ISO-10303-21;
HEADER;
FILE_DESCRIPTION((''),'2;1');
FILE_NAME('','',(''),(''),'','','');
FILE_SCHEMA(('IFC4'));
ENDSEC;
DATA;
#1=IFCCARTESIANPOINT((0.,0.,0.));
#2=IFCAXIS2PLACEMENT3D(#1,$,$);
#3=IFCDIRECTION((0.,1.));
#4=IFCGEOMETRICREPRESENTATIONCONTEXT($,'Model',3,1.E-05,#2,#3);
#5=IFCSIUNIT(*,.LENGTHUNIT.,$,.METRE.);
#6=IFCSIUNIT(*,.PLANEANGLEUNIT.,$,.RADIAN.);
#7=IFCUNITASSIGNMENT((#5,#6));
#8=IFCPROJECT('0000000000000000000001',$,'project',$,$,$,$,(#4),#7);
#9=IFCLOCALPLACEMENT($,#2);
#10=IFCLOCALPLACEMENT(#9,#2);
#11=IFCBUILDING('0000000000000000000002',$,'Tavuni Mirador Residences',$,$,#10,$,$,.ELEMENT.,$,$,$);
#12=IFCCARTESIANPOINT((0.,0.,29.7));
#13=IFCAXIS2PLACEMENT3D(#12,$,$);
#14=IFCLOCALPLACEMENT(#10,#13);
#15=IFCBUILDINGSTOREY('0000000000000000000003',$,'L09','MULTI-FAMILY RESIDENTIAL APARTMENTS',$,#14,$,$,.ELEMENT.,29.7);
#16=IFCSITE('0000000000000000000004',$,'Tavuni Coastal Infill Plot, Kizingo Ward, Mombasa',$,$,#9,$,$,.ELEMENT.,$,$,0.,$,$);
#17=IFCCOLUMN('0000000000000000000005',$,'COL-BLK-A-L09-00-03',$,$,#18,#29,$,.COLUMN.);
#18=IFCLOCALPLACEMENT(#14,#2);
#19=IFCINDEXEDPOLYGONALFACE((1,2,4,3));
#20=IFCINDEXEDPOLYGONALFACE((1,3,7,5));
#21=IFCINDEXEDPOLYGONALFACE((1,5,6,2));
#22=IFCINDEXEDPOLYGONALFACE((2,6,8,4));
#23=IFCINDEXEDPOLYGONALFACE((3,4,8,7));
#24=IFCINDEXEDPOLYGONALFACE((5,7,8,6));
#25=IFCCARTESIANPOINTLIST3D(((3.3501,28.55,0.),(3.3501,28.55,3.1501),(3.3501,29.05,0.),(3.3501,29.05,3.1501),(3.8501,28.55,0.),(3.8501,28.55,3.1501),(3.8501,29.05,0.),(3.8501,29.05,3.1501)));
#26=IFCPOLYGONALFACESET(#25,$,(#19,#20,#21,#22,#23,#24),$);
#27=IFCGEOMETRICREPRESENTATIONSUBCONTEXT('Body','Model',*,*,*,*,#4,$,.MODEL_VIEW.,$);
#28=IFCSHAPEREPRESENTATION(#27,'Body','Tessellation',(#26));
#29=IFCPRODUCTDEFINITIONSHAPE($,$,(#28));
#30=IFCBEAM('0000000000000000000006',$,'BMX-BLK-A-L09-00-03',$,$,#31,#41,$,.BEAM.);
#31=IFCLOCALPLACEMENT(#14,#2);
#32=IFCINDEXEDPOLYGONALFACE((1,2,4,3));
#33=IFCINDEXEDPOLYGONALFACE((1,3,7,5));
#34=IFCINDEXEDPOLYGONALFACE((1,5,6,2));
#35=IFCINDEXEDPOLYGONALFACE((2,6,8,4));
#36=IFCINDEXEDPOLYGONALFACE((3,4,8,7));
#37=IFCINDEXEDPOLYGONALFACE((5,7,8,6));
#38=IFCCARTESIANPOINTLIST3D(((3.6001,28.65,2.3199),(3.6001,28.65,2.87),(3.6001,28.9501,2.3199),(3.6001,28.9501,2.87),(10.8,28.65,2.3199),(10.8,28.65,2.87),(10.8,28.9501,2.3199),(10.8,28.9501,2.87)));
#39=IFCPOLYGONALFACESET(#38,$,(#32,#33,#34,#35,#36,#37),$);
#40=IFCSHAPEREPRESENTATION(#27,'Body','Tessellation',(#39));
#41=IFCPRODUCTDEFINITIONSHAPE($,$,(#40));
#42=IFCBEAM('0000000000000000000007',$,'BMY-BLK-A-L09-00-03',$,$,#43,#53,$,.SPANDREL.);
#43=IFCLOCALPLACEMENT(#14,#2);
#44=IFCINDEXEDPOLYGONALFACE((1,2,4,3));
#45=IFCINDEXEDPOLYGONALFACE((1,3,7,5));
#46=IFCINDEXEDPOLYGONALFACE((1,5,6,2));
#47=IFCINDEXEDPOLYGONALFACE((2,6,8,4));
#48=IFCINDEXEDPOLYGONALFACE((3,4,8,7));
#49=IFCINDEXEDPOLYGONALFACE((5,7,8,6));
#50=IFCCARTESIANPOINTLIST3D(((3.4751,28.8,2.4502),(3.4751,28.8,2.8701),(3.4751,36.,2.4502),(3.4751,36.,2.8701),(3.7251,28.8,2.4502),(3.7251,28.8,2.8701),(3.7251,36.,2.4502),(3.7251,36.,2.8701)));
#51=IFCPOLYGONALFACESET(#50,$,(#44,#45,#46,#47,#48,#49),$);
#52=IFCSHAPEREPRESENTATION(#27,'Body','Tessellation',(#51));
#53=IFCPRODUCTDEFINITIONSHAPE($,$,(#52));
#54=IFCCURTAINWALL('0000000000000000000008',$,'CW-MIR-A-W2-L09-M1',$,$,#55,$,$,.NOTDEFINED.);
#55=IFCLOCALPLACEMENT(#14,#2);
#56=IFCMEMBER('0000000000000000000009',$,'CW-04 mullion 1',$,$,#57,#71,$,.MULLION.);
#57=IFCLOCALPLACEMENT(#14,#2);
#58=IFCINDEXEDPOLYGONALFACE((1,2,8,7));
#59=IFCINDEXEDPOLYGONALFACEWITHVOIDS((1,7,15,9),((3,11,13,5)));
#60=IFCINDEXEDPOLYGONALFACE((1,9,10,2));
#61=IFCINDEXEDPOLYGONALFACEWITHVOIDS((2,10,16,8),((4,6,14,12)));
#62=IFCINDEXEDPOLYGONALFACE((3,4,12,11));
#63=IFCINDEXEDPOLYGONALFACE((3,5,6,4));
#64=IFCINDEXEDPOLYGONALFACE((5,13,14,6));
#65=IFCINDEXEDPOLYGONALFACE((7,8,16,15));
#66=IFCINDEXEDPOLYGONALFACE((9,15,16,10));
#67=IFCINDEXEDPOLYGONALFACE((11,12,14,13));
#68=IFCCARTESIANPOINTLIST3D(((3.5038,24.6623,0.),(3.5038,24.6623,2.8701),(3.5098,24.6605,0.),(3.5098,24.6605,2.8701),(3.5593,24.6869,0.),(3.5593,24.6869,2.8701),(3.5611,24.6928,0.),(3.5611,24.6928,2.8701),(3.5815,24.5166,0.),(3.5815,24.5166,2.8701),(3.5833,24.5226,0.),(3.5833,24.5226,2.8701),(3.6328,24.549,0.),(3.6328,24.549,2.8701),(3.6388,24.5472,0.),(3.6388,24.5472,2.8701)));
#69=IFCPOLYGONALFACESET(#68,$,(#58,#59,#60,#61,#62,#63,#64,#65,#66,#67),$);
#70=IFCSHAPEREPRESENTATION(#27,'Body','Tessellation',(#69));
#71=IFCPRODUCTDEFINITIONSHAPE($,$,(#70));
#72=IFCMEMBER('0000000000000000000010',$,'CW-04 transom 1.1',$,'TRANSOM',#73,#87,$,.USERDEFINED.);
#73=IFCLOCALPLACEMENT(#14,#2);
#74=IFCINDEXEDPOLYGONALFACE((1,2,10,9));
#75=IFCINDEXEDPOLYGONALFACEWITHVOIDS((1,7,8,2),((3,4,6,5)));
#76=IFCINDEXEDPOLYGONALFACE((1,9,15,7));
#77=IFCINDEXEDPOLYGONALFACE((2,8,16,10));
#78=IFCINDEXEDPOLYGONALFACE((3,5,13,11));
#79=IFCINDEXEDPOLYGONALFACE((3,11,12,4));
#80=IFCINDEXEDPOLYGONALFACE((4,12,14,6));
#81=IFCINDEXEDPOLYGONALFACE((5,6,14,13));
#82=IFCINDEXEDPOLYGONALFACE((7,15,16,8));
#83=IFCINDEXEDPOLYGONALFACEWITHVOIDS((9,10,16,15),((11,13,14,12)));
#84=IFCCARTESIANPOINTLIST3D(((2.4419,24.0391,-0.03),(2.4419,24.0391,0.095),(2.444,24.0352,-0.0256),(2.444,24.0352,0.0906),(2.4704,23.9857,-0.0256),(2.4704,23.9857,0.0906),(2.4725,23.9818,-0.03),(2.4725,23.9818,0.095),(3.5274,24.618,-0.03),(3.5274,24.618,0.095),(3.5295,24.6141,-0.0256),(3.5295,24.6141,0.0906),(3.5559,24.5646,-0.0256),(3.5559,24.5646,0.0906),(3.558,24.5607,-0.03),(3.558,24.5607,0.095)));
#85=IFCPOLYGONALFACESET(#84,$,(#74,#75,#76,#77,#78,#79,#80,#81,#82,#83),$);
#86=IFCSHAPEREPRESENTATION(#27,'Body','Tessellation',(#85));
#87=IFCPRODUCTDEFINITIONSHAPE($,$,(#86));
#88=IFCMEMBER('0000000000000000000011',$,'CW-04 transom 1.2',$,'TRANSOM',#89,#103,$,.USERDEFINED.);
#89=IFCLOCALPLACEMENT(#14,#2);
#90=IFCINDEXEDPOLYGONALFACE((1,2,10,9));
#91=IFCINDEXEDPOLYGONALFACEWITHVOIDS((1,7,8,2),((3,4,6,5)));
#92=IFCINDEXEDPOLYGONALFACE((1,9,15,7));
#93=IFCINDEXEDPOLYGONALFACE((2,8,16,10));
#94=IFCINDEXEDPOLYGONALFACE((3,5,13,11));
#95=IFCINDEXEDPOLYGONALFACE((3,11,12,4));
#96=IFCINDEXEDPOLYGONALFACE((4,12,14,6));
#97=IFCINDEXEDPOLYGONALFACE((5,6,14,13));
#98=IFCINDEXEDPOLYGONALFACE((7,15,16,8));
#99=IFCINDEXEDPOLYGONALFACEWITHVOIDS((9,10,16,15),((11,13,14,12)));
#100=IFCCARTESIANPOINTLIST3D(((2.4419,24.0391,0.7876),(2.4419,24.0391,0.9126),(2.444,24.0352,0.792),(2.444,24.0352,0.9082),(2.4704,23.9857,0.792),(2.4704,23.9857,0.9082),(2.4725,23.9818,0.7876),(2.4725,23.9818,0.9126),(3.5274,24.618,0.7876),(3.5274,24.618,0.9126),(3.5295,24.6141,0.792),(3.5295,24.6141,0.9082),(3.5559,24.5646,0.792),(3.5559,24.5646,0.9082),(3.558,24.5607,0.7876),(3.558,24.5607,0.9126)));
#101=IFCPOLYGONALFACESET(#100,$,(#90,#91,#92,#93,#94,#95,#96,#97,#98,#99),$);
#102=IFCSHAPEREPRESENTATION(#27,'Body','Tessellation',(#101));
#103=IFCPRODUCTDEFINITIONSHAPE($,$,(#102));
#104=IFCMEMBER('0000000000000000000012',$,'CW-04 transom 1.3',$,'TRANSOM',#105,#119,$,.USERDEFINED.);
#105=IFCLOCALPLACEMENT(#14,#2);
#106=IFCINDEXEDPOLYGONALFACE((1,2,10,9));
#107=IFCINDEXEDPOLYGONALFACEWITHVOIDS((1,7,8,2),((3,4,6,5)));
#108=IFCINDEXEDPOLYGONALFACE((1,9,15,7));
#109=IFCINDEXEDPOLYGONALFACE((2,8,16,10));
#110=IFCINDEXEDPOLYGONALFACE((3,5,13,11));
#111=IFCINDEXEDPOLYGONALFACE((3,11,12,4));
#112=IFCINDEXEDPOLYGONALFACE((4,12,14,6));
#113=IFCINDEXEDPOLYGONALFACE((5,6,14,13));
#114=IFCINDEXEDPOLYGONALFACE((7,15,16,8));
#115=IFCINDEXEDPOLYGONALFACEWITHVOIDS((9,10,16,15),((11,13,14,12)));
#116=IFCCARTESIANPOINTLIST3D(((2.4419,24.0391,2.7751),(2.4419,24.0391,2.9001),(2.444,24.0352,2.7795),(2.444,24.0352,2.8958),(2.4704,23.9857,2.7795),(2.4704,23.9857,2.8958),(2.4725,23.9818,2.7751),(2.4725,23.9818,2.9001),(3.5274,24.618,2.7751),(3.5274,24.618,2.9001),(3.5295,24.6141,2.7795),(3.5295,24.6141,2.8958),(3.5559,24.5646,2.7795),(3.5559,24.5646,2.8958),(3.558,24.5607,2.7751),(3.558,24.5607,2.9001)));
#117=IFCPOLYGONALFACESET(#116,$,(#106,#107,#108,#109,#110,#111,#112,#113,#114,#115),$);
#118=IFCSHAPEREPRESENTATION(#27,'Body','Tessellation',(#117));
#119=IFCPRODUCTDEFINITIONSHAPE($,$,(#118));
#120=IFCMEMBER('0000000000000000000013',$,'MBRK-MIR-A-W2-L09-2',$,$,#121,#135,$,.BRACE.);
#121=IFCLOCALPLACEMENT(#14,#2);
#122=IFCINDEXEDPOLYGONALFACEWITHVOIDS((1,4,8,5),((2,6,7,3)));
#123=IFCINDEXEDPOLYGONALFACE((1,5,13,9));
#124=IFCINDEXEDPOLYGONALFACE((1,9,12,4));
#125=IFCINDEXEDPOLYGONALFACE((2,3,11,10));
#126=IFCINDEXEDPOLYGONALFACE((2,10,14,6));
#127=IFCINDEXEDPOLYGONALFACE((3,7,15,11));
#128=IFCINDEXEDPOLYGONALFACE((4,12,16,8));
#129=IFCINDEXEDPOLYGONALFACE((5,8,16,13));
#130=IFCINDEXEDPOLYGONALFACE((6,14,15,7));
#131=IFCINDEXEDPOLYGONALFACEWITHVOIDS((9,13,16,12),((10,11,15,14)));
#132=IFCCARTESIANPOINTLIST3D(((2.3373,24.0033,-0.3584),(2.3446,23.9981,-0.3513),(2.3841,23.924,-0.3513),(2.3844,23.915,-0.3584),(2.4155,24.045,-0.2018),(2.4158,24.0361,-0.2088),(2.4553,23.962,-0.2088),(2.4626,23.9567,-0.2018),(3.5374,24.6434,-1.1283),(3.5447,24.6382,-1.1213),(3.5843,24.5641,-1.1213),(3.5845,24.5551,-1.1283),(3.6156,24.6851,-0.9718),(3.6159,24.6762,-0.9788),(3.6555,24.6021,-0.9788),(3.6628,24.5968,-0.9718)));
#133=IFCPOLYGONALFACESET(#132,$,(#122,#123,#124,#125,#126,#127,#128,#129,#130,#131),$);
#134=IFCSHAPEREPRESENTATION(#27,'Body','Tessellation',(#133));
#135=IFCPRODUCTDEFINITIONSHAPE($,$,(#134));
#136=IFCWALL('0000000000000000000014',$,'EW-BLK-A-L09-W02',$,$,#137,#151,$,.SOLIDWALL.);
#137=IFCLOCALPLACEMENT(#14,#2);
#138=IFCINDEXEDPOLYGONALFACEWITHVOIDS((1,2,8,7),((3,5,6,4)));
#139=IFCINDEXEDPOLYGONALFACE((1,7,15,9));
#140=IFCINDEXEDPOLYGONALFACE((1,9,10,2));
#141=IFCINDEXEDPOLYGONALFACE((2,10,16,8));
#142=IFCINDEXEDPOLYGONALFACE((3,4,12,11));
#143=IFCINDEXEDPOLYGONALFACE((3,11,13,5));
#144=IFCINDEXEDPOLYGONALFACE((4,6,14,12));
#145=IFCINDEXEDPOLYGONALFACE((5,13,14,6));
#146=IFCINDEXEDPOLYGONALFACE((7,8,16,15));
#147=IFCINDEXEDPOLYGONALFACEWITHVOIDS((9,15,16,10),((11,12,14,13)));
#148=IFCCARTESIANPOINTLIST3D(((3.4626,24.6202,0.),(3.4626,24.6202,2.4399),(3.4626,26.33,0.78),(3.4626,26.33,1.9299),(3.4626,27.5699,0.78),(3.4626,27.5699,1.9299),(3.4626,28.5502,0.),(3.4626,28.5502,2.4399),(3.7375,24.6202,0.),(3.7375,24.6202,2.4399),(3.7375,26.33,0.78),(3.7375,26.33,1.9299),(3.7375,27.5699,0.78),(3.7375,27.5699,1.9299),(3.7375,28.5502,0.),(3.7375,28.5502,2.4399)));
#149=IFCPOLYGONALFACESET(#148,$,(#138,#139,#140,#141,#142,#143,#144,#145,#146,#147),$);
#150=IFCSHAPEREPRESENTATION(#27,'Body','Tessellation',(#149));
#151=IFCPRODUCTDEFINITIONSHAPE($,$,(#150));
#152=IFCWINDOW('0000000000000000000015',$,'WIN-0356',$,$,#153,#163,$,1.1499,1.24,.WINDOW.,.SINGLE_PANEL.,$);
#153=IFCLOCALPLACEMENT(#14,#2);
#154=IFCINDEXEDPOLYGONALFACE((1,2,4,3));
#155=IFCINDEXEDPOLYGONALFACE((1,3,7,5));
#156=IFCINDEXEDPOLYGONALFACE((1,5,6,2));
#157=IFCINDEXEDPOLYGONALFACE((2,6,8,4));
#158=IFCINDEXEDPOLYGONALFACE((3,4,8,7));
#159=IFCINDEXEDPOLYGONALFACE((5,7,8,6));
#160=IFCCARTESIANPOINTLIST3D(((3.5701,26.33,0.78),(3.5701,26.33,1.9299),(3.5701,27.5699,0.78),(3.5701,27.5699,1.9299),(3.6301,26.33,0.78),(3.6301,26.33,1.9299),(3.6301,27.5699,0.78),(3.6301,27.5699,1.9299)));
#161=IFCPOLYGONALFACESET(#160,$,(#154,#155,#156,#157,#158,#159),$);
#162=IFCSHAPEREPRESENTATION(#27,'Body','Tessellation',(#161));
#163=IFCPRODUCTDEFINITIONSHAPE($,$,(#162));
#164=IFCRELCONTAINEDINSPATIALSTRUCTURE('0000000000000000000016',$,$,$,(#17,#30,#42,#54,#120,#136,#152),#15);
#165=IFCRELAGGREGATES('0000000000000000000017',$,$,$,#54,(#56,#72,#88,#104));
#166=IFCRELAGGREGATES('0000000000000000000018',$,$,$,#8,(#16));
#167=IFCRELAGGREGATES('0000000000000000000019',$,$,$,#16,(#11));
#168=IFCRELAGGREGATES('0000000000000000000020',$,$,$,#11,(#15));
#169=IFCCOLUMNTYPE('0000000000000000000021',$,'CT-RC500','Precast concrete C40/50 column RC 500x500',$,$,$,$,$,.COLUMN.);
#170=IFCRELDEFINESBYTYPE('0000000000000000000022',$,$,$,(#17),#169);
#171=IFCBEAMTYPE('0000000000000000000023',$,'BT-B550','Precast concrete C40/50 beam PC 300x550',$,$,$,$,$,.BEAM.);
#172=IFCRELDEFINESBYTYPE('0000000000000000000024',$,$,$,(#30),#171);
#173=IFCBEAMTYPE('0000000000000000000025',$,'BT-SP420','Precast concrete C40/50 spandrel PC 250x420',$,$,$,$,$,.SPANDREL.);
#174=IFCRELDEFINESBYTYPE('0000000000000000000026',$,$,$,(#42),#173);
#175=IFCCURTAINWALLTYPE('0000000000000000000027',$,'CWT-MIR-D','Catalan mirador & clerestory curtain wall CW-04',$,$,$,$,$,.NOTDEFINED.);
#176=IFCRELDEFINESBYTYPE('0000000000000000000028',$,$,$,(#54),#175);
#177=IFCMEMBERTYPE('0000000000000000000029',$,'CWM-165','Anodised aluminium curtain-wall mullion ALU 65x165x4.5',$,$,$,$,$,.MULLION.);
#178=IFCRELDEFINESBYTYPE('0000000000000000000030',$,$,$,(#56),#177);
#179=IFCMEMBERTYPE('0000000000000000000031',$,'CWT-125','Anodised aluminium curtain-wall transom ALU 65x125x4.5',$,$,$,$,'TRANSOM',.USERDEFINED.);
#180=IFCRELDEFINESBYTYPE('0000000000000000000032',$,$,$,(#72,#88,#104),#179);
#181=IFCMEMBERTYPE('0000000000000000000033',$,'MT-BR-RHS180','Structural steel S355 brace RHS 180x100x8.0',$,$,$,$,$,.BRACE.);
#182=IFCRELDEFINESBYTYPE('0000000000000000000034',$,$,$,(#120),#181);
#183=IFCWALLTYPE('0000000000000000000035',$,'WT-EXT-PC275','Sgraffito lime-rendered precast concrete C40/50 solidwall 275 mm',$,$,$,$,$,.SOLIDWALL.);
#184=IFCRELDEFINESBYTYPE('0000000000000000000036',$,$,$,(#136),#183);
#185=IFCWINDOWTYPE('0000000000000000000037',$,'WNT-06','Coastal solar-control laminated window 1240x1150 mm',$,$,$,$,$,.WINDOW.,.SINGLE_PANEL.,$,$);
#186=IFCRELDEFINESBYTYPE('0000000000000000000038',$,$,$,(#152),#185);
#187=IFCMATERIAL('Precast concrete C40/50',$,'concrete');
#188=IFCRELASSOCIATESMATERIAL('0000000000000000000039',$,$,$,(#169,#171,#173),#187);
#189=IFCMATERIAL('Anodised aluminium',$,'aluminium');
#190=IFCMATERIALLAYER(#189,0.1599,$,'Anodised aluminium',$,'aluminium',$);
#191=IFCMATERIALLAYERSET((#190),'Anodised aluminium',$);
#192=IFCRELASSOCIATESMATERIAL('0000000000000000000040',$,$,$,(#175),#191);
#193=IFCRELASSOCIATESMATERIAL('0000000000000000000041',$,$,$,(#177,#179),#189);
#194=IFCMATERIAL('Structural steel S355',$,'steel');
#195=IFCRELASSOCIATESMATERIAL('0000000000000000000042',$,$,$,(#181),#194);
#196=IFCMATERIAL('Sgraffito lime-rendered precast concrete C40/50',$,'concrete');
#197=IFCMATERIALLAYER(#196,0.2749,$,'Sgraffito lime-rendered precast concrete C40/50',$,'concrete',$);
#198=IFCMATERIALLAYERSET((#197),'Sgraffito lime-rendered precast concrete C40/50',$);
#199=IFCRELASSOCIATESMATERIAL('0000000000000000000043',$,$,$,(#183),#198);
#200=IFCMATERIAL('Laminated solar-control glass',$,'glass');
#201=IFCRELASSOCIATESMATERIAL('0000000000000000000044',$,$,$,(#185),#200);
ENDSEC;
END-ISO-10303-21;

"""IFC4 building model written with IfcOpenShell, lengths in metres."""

from ifc_helpers import new_model, si_unit, direction, frame, frame_2d, origin, origin_2d, place, context, subcontext, project, spatial, rectangle, hollow_rectangle, extrude, material, layer, layer_set, material_profile, profile_set, type_object, element, fill, aggregate, save


model = new_model("IFC4")

# Units and contexts
model_context = context("Model", 3, precision=1e-05, world=origin(), true_north=direction((0.0, 1.0)))
body_context = subcontext(model_context, "Body", "Model", "MODEL_VIEW")
ifc_project = project(units=[si_unit("LENGTHUNIT", "METRE"), si_unit("PLANEANGLEUNIT", "RADIAN")], contexts=[model_context])

# Site, building, storey
site_placement = place(None, origin())
site = spatial("IfcSite", under=ifc_project, at=site_placement, Name="Tavuni Coastal Infill Plot, Kizingo Ward, Mombasa", CompositionType="ELEMENT", RefElevation=0.0)
building_placement = place(site_placement, origin())
building = spatial("IfcBuilding", under=site, at=building_placement, Name="Tavuni Mirador Residences", CompositionType="ELEMENT")
storey_placement = place(building_placement, frame((0.0, 0.0, 29.7)))
storey = spatial("IfcBuildingStorey", under=building, at=storey_placement, Name="L09", Description="MULTI-FAMILY RESIDENTIAL APARTMENTS", CompositionType="ELEMENT", Elevation=29.7)

# Column
ifc_material_1 = material(Name="Precast concrete C40/50", Category="concrete")
ifc_material_profile_1 = material_profile(ifc_material_1, rectangle(XDim=0.5, YDim=0.5, at=origin_2d()), Name="RC 500x500", Category="concrete")
ifc_profile_set_1 = profile_set([ifc_material_profile_1], Name="Precast concrete C40/50")
column_type = type_object("IfcColumnType", Name="CT-RC500", Description="Precast concrete C40/50 column RC 500x500", PredefinedType="COLUMN", material=ifc_profile_set_1)
column_placement = place(storey_placement, frame((3.6001, 28.8, 0.0), z_axis=(0.0, 0.0, 1.0), x_axis=(1.0, 0.0, 0.0)))
element("IfcColumn", 1, at=column_placement, inside=storey, type_object=column_type, Name="COL-BLK-A-L09-00-03", PredefinedType="COLUMN", context=body_context, shape_type="SweptSolid", body=[
    extrude(rectangle(XDim=0.5, YDim=0.5, at=origin_2d()), origin(), (0.0, 0.0, 1.0), 3.1501),
])

# Beams
ifc_material_profile_2 = material_profile(ifc_material_1, rectangle(XDim=0.3, YDim=0.55, at=origin_2d()), Name="PC 300x550", Category="concrete")
ifc_profile_set_2 = profile_set([ifc_material_profile_2], Name="Precast concrete C40/50")
beam_type_1 = type_object("IfcBeamType", Name="BT-B550", Description="Precast concrete C40/50 beam PC 300x550", PredefinedType="BEAM", material=ifc_profile_set_2)
beam_1_placement = place(storey_placement, frame((3.6001, 28.8, 2.595), z_axis=(1.0, 0.0, 0.0), x_axis=(0.0, 1.0, 0.0)))
element("IfcBeam", 2, at=beam_1_placement, inside=storey, type_object=beam_type_1, Name="BMX-BLK-A-L09-00-03", PredefinedType="BEAM", context=body_context, shape_type="SweptSolid", body=[
    extrude(rectangle(XDim=0.3, YDim=0.55, at=origin_2d()), origin(), (0.0, 0.0, 1.0), 7.2),
])
ifc_material_profile_3 = material_profile(ifc_material_1, rectangle(XDim=0.25, YDim=0.4199, at=origin_2d()), Name="PC 250x420", Category="concrete")
ifc_profile_set_3 = profile_set([ifc_material_profile_3], Name="Precast concrete C40/50")
beam_type_2 = type_object("IfcBeamType", Name="BT-SP420", Description="Precast concrete C40/50 spandrel PC 250x420", PredefinedType="SPANDREL", material=ifc_profile_set_3)
beam_2_placement = place(storey_placement, frame((3.6001, 28.8, 2.6602), z_axis=(0.0, 1.0, 0.0), x_axis=(-1.0, 0.0, 0.0)))
element("IfcBeam", 3, at=beam_2_placement, inside=storey, type_object=beam_type_2, Name="BMY-BLK-A-L09-00-03", PredefinedType="SPANDREL", context=body_context, shape_type="SweptSolid", body=[
    extrude(rectangle(XDim=0.25, YDim=0.4199, at=origin_2d()), origin(), (0.0, 0.0, 1.0), 7.2),
])

# Curtain wall, members
ifc_material_2 = material(Name="Anodised aluminium", Category="aluminium")
ifc_layer_1 = layer(ifc_material_2, 0.1599, Name="Anodised aluminium", Category="aluminium")
ifc_layer_set_1 = layer_set([ifc_layer_1], Name="Anodised aluminium")
curtain_wall_type = type_object("IfcCurtainWallType", Name="CWT-MIR-D", Description="Catalan mirador & clerestory curtain wall CW-04", PredefinedType="NOTDEFINED", material=ifc_layer_set_1)
curtain_wall_placement = place(storey_placement, origin())
curtain_wall = element("IfcCurtainWall", 4, at=curtain_wall_placement, inside=storey, type_object=curtain_wall_type, Name="CW-MIR-A-W2-L09-M1", PredefinedType="NOTDEFINED")
ifc_material_profile_4 = material_profile(ifc_material_2, hollow_rectangle(XDim=0.0649, YDim=0.165, WallThickness=0.0044, at=origin_2d()), Name="ALU 65x165x4.5", Category="aluminium")
ifc_profile_set_4 = profile_set([ifc_material_profile_4], Name="Anodised aluminium")
member_type_1 = type_object("IfcMemberType", Name="CWM-165", Description="Anodised aluminium curtain-wall mullion ALU 65x165x4.5", PredefinedType="MULLION", material=ifc_profile_set_4)
member_1_placement = place(storey_placement, frame((3.5713, 24.6047, 0.0), z_axis=(0.0, 0.0, 1.0), x_axis=(-0.882353, -0.470588, 0.0)))
member_1 = element("IfcMember", 5, at=member_1_placement, type_object=member_type_1, Name="CW-04 mullion 1", PredefinedType="MULLION", context=body_context, shape_type="SweptSolid", body=[
    extrude(hollow_rectangle(XDim=0.0649, YDim=0.165, WallThickness=0.0044, at=origin_2d()), origin(), (0.0, 0.0, 1.0), 2.8701),
])
ifc_material_profile_5 = material_profile(ifc_material_2, hollow_rectangle(XDim=0.0649, YDim=0.125, WallThickness=0.0044, at=origin_2d()), Name="ALU 65x125x4.5", Category="aluminium")
ifc_profile_set_5 = profile_set([ifc_material_profile_5], Name="Anodised aluminium")
member_type_2 = type_object("IfcMemberType", Name="CWT-125", Description="Anodised aluminium curtain-wall transom ALU 65x125x4.5", ElementType="TRANSOM", PredefinedType="USERDEFINED", material=ifc_profile_set_5)
member_2_placement = place(storey_placement, frame((3.5427, 24.5894, 0.0325), z_axis=(-0.882369, -0.470557, 0.0), x_axis=(0.470557, -0.882369, 0.0)))
member_2 = element("IfcMember", 6, at=member_2_placement, type_object=member_type_2, Name="CW-04 transom 1.1", ObjectType="TRANSOM", PredefinedType="USERDEFINED", context=body_context, shape_type="SweptSolid", body=[
    extrude(hollow_rectangle(XDim=0.0649, YDim=0.125, WallThickness=0.0044, at=origin_2d()), origin(), (0.0, 0.0, 1.0), 1.2302),
])
member_3_placement = place(storey_placement, frame((3.5427, 24.5894, 0.8501), z_axis=(-0.882369, -0.470557, 0.0), x_axis=(0.470557, -0.882369, 0.0)))
member_3 = element("IfcMember", 7, at=member_3_placement, type_object=member_type_2, Name="CW-04 transom 1.2", ObjectType="TRANSOM", PredefinedType="USERDEFINED", context=body_context, shape_type="SweptSolid", body=[
    extrude(hollow_rectangle(XDim=0.0649, YDim=0.125, WallThickness=0.0044, at=origin_2d()), origin(), (0.0, 0.0, 1.0), 1.2302),
])
member_4_placement = place(storey_placement, frame((3.5427, 24.5894, 2.8376), z_axis=(-0.882369, -0.470557, 0.0), x_axis=(0.470557, -0.882369, 0.0)))
member_4 = element("IfcMember", 8, at=member_4_placement, type_object=member_type_2, Name="CW-04 transom 1.3", ObjectType="TRANSOM", PredefinedType="USERDEFINED", context=body_context, shape_type="SweptSolid", body=[
    extrude(hollow_rectangle(XDim=0.0649, YDim=0.125, WallThickness=0.0044, at=origin_2d()), origin(), (0.0, 0.0, 1.0), 1.2302),
])
aggregate(curtain_wall, [member_1, member_2, member_3, member_4])

# Member
ifc_material_3 = material(Name="Structural steel S355", Category="steel")
ifc_material_profile_6 = material_profile(ifc_material_3, hollow_rectangle(XDim=0.1001, YDim=0.1799, WallThickness=0.0081, at=origin_2d()), Name="RHS 180x100x8.0", Category="steel")
ifc_profile_set_6 = profile_set([ifc_material_profile_6], Name="Structural steel S355")
member_type_3 = type_object("IfcMemberType", Name="MT-BR-RHS180", Description="Structural steel S355 brace RHS 180x100x8.0", PredefinedType="BRACE", material=ifc_profile_set_6)
member_5_placement = place(storey_placement, frame((3.6001, 24.6201, -1.05), z_axis=(-0.767847, -0.409539, 0.492634), x_axis=(0.470607, -0.882343, 0.0)))
element("IfcMember", 9, at=member_5_placement, inside=storey, type_object=member_type_3, Name="MBRK-MIR-A-W2-L09-2", PredefinedType="BRACE", context=body_context, shape_type="SweptSolid", body=[
    extrude(hollow_rectangle(XDim=0.1001, YDim=0.1799, WallThickness=0.0081, at=origin_2d()), origin(), (0.0, 0.0, 1.0), 1.563),
])

# Wall, opening, window
ifc_material_4 = material(Name="Sgraffito lime-rendered precast concrete C40/50", Category="concrete")
ifc_layer_2 = layer(ifc_material_4, 0.2749, Name="Sgraffito lime-rendered precast concrete C40/50", Category="concrete")
ifc_layer_set_2 = layer_set([ifc_layer_2], Name="Sgraffito lime-rendered precast concrete C40/50")
wall_type_1 = type_object("IfcWallType", Name="WT-EXT-PC275", Description="Sgraffito lime-rendered precast concrete C40/50 solidwall 275 mm", PredefinedType="SOLIDWALL", material=ifc_layer_set_2)
wall_1_placement = place(storey_placement, frame((3.6001, 28.55, 0.0), z_axis=(0.0, 0.0, 1.0), x_axis=(0.0, -1.0, 0.0)))
wall_1 = element("IfcWall", 10, at=wall_1_placement, inside=storey, type_object=wall_type_1, Name="EW-BLK-A-L09-W02", PredefinedType="SOLIDWALL", context=body_context, shape_type="SweptSolid", body=[
    extrude(rectangle(XDim=3.9299, YDim=0.2749, at=frame_2d((1.9648, 0.0))), origin(), (0.0, 0.0, 1.0), 2.4399),
])
opening_1_placement = place(wall_1_placement, frame((0.98, 0.0, 0.78)))
opening_1 = element("IfcOpeningElement", 11, at=opening_1_placement, cuts=wall_1, PredefinedType="OPENING", context=body_context, shape_type="SweptSolid", body=[
    extrude(rectangle(XDim=1.24, YDim=1.1499, at=frame_2d((0.6201, 0.575))), frame((0.0, 0.1475, 0.0), z_axis=(0.0, -1.0, 0.0), x_axis=(1.0, 0.0, 0.0)), (0.0, 0.0, 1.0), 0.2949),
])
ifc_material_5 = material(Name="Laminated solar-control glass", Category="glass")
window_type = type_object("IfcWindowType", Name="WNT-06", Description="Coastal solar-control laminated window 1240x1150 mm", PartitioningType="SINGLE_PANEL", PredefinedType="WINDOW", material=ifc_material_5)
window_placement = place(opening_1_placement, origin())
window = element("IfcWindow", 12, at=window_placement, inside=storey, type_object=window_type, Name="WIN-0356", OverallHeight=1.1499, OverallWidth=1.24, PartitioningType="SINGLE_PANEL", PredefinedType="WINDOW", context=body_context, shape_type="SweptSolid", body=[
    extrude(rectangle(XDim=1.24, YDim=1.1499, at=frame_2d((0.6201, 0.575))), frame((0.0, 0.03, 0.0), z_axis=(0.0, -1.0, 0.0), x_axis=(1.0, 0.0, 0.0)), (0.0, 0.0, 1.0), 0.0601),
])
fill(opening_1, window)

save(model, "model.ifc")
